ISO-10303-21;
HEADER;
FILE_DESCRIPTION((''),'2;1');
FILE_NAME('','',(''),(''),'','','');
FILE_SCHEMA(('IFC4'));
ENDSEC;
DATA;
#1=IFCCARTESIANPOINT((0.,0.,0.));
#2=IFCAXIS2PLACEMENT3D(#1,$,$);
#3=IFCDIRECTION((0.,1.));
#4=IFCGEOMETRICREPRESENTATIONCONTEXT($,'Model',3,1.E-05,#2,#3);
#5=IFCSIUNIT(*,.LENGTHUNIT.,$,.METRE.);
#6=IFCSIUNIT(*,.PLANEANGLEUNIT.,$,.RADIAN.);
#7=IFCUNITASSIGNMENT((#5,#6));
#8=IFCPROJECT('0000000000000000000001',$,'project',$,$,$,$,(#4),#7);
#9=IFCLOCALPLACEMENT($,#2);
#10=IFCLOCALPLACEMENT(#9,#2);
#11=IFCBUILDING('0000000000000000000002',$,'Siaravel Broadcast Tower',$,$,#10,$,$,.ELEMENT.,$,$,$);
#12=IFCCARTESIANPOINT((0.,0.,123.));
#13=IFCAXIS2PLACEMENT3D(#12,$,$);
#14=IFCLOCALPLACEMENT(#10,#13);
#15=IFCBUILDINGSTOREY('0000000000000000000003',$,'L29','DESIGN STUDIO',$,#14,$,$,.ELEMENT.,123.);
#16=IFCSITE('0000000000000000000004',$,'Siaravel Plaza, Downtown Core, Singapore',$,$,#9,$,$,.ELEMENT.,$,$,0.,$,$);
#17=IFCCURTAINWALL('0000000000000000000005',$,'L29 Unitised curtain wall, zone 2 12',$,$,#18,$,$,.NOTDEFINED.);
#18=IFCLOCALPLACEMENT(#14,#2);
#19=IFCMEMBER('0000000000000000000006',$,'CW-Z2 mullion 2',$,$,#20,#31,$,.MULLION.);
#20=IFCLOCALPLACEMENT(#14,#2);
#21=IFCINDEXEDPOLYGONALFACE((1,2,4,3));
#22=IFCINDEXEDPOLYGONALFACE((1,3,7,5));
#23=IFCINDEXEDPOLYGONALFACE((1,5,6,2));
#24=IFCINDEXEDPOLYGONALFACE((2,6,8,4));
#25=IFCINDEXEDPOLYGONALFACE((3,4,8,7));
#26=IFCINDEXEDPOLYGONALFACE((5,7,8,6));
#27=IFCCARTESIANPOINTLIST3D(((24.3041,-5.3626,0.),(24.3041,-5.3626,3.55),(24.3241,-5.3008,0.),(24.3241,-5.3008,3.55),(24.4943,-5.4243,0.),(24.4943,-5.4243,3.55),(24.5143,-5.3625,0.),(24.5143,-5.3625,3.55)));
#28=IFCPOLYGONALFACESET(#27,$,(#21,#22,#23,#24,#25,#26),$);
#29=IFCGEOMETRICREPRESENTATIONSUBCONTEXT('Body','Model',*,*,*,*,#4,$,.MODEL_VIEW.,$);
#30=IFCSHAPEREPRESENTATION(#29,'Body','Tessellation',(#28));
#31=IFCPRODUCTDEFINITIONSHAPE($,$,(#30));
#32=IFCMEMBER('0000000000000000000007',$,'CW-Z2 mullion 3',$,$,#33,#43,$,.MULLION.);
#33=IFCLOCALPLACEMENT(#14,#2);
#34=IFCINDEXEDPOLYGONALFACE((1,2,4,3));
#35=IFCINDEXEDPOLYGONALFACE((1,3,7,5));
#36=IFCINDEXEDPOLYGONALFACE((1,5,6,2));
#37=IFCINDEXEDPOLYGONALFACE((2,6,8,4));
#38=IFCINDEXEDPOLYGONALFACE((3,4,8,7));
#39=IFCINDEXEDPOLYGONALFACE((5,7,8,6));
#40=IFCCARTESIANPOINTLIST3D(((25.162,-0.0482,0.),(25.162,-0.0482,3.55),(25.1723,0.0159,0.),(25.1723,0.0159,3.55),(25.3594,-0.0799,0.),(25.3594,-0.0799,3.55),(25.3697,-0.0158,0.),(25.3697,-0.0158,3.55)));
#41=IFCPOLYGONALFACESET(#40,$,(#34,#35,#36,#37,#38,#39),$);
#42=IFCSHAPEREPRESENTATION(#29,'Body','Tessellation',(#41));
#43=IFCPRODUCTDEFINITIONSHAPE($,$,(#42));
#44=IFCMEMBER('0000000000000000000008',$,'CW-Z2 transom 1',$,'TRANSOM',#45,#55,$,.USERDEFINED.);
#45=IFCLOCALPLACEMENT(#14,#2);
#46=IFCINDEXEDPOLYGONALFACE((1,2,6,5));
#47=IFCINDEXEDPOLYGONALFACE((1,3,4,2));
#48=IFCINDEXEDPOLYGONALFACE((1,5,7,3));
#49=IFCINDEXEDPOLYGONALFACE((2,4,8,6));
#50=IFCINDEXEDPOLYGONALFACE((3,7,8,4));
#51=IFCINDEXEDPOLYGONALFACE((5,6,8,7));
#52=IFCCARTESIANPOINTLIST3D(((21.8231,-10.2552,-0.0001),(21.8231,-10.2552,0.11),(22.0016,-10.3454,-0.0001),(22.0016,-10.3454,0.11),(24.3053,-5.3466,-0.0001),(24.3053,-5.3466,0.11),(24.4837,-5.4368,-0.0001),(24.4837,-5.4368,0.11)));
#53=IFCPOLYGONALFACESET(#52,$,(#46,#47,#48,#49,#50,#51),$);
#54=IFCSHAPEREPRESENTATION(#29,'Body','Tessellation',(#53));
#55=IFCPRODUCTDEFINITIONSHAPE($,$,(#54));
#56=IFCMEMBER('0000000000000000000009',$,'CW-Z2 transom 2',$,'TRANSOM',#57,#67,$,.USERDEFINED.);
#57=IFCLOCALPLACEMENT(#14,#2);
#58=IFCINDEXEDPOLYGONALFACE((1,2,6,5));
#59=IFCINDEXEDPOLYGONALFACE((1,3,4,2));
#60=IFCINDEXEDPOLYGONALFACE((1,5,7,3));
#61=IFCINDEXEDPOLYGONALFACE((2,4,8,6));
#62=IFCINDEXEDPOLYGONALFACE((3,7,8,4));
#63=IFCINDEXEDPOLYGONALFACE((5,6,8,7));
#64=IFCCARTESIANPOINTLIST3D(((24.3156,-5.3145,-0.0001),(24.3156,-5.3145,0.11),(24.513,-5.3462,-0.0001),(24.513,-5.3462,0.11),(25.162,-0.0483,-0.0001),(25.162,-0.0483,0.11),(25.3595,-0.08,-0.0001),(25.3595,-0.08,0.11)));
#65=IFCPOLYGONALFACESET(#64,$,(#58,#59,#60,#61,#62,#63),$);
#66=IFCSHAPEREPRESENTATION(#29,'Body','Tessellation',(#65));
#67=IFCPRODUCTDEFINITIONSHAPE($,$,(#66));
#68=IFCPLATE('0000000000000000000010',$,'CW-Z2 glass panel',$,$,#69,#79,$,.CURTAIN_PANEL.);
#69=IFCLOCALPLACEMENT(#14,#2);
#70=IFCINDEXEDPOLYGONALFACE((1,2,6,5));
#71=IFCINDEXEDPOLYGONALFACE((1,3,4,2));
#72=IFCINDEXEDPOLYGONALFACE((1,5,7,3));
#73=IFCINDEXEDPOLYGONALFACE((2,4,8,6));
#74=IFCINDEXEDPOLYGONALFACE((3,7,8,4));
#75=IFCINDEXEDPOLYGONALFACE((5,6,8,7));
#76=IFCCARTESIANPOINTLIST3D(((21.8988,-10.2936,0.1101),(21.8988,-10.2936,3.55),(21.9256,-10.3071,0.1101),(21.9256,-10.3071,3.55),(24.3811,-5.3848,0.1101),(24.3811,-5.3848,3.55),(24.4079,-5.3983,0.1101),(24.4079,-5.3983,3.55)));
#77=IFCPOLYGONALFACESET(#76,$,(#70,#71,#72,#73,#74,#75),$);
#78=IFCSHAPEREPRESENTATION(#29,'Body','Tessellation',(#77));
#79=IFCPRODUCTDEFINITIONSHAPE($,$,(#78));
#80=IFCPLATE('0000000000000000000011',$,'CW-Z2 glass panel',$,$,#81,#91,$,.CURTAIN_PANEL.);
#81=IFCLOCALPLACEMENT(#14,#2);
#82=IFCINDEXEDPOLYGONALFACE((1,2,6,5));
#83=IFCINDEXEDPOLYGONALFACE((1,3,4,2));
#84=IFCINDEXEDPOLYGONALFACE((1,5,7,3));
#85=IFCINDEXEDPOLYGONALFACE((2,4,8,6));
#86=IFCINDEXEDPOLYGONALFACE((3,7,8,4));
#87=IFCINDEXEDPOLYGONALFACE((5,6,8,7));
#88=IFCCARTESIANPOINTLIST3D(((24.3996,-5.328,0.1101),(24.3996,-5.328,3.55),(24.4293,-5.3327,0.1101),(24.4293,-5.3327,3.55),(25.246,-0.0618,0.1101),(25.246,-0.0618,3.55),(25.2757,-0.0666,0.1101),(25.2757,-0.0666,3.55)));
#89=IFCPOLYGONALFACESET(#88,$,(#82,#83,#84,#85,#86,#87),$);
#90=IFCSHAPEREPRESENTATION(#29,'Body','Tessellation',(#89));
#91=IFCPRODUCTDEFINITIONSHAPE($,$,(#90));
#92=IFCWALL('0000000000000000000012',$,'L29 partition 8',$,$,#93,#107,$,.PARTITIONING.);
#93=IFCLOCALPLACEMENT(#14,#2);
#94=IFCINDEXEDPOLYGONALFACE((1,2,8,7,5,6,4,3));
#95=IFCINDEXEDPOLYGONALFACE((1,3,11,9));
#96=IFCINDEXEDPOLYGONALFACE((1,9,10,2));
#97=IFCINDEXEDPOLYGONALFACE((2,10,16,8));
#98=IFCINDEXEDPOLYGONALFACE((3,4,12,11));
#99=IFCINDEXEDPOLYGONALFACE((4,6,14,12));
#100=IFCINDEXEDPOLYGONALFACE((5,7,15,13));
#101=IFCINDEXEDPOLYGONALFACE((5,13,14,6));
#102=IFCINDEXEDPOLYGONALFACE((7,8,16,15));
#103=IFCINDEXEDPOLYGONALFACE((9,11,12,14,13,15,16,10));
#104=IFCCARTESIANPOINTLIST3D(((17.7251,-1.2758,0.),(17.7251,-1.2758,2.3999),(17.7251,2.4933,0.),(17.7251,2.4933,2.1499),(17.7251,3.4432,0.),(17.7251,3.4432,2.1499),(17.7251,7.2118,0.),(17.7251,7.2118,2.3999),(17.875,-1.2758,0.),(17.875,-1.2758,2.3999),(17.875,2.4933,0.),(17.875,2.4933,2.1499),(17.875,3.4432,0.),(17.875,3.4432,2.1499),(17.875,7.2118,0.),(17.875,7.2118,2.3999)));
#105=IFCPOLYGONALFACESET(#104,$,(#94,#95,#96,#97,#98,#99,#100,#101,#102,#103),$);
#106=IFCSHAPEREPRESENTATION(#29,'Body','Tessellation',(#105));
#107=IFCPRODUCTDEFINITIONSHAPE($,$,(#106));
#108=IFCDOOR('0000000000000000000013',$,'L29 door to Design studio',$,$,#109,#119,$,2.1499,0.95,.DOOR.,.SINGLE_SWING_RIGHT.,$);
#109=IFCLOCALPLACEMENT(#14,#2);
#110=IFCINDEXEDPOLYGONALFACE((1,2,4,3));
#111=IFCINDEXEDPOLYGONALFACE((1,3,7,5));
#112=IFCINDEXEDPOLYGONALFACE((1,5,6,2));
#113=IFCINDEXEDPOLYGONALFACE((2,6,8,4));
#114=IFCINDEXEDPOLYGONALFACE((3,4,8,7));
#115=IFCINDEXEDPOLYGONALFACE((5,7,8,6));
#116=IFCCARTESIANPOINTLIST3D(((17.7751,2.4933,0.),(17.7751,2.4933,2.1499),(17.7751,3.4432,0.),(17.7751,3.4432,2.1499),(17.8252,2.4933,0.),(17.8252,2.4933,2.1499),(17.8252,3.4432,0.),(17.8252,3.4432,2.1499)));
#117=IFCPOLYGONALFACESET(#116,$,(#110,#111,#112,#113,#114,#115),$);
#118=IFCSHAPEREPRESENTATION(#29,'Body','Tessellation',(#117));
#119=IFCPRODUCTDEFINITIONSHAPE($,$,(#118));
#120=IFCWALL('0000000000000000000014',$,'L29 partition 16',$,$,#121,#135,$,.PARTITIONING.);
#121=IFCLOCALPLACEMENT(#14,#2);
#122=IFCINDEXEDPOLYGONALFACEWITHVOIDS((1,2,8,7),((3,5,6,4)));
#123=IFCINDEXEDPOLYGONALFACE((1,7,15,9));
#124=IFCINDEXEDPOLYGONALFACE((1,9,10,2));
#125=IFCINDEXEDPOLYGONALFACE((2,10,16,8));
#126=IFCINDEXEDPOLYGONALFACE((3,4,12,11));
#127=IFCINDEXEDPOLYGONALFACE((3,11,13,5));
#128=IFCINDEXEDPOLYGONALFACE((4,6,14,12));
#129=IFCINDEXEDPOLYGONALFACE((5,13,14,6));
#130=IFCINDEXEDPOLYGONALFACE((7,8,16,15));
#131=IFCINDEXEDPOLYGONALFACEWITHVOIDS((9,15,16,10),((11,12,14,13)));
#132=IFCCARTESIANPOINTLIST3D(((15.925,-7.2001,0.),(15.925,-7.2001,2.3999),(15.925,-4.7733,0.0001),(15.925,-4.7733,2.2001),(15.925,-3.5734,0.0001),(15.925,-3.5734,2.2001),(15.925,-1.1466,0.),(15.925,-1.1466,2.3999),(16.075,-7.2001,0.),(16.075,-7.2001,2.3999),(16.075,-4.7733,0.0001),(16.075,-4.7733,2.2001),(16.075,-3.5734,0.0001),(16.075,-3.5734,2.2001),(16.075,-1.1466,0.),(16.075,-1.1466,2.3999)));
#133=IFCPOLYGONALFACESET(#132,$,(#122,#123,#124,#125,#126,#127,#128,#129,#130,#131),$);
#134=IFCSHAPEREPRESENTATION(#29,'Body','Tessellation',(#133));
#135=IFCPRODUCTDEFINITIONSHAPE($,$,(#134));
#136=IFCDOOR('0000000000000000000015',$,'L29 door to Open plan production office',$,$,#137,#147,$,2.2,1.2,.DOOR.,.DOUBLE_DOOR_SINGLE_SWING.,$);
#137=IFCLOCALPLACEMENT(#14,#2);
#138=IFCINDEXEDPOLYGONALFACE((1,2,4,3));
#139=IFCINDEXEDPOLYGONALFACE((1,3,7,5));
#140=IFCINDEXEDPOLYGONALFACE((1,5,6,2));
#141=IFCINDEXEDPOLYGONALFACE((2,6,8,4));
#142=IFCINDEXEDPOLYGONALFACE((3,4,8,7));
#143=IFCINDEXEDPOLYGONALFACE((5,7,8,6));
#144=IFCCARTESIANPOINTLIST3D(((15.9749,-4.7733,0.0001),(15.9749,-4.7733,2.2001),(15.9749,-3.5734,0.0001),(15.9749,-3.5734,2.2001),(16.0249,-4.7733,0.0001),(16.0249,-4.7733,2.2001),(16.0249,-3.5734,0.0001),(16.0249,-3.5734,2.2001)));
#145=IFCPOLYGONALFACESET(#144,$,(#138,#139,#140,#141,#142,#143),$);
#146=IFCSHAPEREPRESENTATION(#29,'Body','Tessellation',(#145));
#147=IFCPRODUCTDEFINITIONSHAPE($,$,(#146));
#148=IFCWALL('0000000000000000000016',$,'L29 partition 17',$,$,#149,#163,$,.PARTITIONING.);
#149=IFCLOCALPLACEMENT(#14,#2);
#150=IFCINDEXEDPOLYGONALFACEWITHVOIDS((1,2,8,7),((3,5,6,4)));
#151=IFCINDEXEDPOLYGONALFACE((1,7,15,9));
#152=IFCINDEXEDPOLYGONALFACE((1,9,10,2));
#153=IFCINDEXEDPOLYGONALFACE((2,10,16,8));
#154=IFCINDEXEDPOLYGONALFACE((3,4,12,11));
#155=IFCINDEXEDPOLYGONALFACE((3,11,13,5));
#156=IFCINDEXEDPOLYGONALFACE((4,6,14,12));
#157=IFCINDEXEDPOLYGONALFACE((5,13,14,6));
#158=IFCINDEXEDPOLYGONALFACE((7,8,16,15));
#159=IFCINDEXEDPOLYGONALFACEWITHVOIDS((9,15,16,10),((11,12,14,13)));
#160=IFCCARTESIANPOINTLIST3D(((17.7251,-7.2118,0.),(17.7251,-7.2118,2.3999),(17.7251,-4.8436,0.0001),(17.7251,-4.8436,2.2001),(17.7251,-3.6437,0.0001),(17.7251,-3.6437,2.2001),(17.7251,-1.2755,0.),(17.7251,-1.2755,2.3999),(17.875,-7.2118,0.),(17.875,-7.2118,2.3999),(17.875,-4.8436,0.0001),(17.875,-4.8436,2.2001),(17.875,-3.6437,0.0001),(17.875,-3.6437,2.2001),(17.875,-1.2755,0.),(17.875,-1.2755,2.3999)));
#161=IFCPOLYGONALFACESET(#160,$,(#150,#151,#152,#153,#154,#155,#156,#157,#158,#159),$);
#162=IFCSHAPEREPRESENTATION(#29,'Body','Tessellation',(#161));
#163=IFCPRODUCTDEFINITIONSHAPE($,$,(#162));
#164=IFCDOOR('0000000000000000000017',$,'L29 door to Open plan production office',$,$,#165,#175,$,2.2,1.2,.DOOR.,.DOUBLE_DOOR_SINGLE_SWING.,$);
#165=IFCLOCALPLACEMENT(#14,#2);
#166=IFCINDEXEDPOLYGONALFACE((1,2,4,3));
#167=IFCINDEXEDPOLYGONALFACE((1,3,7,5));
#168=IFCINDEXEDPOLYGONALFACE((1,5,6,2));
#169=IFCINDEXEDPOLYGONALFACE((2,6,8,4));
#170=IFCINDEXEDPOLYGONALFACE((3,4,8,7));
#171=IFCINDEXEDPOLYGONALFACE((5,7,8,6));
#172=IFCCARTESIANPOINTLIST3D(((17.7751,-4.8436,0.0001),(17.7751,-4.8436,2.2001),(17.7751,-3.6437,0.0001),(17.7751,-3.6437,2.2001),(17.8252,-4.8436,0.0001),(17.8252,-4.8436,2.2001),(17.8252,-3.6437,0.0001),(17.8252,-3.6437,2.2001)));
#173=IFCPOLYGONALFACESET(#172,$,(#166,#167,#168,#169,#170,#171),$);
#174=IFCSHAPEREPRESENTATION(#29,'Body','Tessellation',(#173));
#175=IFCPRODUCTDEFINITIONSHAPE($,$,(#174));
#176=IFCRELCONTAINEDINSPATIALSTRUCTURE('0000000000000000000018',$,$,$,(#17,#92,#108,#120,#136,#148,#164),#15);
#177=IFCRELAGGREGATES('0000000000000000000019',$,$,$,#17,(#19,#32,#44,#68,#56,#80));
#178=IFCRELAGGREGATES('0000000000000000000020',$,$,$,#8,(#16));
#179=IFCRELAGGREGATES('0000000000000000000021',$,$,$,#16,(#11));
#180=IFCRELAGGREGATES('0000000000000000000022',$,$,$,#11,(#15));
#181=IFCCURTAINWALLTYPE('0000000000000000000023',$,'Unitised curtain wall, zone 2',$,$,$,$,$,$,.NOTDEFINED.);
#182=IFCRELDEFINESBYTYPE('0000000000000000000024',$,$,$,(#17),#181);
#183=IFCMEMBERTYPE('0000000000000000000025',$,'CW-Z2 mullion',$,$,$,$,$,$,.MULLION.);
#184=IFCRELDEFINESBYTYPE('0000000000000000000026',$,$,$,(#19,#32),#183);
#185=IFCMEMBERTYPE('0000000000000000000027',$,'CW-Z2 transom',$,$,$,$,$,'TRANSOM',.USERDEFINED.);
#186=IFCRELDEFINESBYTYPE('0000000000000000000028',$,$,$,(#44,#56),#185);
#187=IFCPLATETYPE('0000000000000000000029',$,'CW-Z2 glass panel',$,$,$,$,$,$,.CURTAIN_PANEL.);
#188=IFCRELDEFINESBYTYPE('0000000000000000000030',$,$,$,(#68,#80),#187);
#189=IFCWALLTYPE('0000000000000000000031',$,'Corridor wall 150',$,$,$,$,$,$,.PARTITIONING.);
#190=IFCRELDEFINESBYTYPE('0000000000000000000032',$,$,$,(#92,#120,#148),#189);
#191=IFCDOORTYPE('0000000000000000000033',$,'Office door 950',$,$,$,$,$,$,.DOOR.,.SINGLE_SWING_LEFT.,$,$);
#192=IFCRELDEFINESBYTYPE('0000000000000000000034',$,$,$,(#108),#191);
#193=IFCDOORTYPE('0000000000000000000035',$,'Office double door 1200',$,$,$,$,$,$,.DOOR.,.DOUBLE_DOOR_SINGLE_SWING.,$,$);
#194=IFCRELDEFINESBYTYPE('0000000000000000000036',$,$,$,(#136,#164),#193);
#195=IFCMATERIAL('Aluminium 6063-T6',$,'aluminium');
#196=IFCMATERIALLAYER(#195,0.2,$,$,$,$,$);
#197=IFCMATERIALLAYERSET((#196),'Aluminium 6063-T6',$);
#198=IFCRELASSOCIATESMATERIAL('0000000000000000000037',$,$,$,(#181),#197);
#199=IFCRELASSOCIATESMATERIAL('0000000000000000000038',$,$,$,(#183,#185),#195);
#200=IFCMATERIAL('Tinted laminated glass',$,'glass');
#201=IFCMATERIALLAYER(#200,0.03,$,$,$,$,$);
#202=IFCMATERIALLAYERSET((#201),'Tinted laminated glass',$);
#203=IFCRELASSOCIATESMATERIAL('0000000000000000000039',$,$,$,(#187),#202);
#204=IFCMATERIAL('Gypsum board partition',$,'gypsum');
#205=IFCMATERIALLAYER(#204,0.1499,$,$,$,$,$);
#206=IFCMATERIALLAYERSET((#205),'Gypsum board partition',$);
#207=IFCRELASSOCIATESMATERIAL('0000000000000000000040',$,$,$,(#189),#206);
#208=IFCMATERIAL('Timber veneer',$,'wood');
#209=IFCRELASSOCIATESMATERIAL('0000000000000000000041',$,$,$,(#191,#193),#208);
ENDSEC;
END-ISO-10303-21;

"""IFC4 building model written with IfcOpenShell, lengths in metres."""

from ifc_helpers import new_model, si_unit, direction, frame, frame_2d, origin, origin_2d, place, context, subcontext, project, spatial, rectangle, extrude, material, layer, layer_set, material_profile, profile_set, type_object, element, fill, aggregate, save


model = new_model("IFC4")

# Units and contexts
model_context = context("Model", 3, precision=1e-05, world=origin(), true_north=direction((0.0, 1.0)))
body_context = subcontext(model_context, "Body", "Model", "MODEL_VIEW")
ifc_project = project(units=[si_unit("LENGTHUNIT", "METRE"), si_unit("PLANEANGLEUNIT", "RADIAN")], contexts=[model_context])

# Site, building, storey
site_placement = place(None, origin())
site = spatial("IfcSite", under=ifc_project, at=site_placement, Name="Siaravel Plaza, Downtown Core, Singapore", CompositionType="ELEMENT", RefElevation=0.0)
building_placement = place(site_placement, origin())
building = spatial("IfcBuilding", under=site, at=building_placement, Name="Siaravel Broadcast Tower", CompositionType="ELEMENT")
storey_placement = place(building_placement, frame((0.0, 0.0, 123.0)))
storey = spatial("IfcBuildingStorey", under=building, at=storey_placement, Name="L29", Description="DESIGN STUDIO", CompositionType="ELEMENT", Elevation=123.0)

# Curtain wall, members, plates
ifc_material_1 = material(Name="Aluminium 6063-T6", Category="aluminium")
ifc_layer_1 = layer(ifc_material_1, 0.2)
ifc_layer_set_1 = layer_set([ifc_layer_1], Name="Aluminium 6063-T6")
curtain_wall_type = type_object("IfcCurtainWallType", Name="Unitised curtain wall, zone 2", PredefinedType="NOTDEFINED", material=ifc_layer_set_1)
curtain_wall_placement = place(storey_placement, origin())
curtain_wall = element("IfcCurtainWall", 1, at=curtain_wall_placement, inside=storey, type_object=curtain_wall_type, Name="L29 Unitised curtain wall, zone 2 12", PredefinedType="NOTDEFINED")
ifc_material_profile_1 = material_profile(ifc_material_1, rectangle(XDim=0.2, YDim=0.0649, at=origin_2d()))
ifc_profile_set_1 = profile_set([ifc_material_profile_1], Name="Aluminium 6063-T6")
member_type_1 = type_object("IfcMemberType", Name="CW-Z2 mullion", PredefinedType="MULLION", material=ifc_profile_set_1)
member_1_placement = place(storey_placement, frame((24.4092, -5.3625, 0.0), z_axis=(0.0, 0.0, 1.0), x_axis=(-0.951177, 0.308645, 0.0)))
member_1 = element("IfcMember", 2, at=member_1_placement, type_object=member_type_1, Name="CW-Z2 mullion 2", PredefinedType="MULLION", context=body_context, shape_type="SweptSolid", body=[
    extrude(rectangle(XDim=0.2, YDim=0.0649, at=origin_2d()), origin(), (0.0, 0.0, 1.0), 3.55),
])
member_2_placement = place(storey_placement, frame((25.2659, -0.032, 0.0), z_axis=(0.0, 0.0, 1.0), x_axis=(-0.987329, 0.158686, 0.0)))
member_2 = element("IfcMember", 3, at=member_2_placement, type_object=member_type_1, Name="CW-Z2 mullion 3", PredefinedType="MULLION", context=body_context, shape_type="SweptSolid", body=[
    extrude(rectangle(XDim=0.2, YDim=0.0649, at=origin_2d()), origin(), (0.0, 0.0, 1.0), 3.55),
])
ifc_material_profile_2 = material_profile(ifc_material_1, rectangle(XDim=0.2, YDim=0.1101, at=origin_2d()))
ifc_profile_set_2 = profile_set([ifc_material_profile_2], Name="Aluminium 6063-T6")
member_type_2 = type_object("IfcMemberType", Name="CW-Z2 transom", ElementType="TRANSOM", PredefinedType="USERDEFINED", material=ifc_profile_set_2)
member_3_placement = place(storey_placement, frame((21.9124, -10.3003, 0.0549), z_axis=(0.451257, 0.892394, 0.0), x_axis=(-0.892394, 0.451257, 0.0)))
member_3 = element("IfcMember", 4, at=member_3_placement, type_object=member_type_2, Name="CW-Z2 transom 1", ObjectType="TRANSOM", PredefinedType="USERDEFINED", context=body_context, shape_type="SweptSolid", body=[
    extrude(rectangle(XDim=0.2, YDim=0.1101, at=origin_2d()), origin(), (0.0, 0.0, 1.0), 5.5005),
])
member_4_placement = place(storey_placement, frame((24.4143, -5.3303, 0.0549), z_axis=(0.158696, 0.987328, 0.0), x_axis=(-0.987328, 0.158696, 0.0)))
member_4 = element("IfcMember", 5, at=member_4_placement, type_object=member_type_2, Name="CW-Z2 transom 2", ObjectType="TRANSOM", PredefinedType="USERDEFINED", context=body_context, shape_type="SweptSolid", body=[
    extrude(rectangle(XDim=0.2, YDim=0.1101, at=origin_2d()), origin(), (0.0, 0.0, 1.0), 5.3337),
])
ifc_material_2 = material(Name="Tinted laminated glass", Category="glass")
ifc_layer_2 = layer(ifc_material_2, 0.03)
ifc_layer_set_2 = layer_set([ifc_layer_2], Name="Tinted laminated glass")
plate_type = type_object("IfcPlateType", Name="CW-Z2 glass panel", PredefinedType="CURTAIN_PANEL", material=ifc_layer_set_2)
plate_1_placement = place(storey_placement, frame((23.1533, -7.8459, 0.1101), z_axis=(0.0, 0.0, 1.0), x_axis=(0.451261, 0.892392, 0.0)))
plate_1 = element("IfcPlate", 6, at=plate_1_placement, type_object=plate_type, Name="CW-Z2 glass panel", PredefinedType="CURTAIN_PANEL", context=body_context, shape_type="SweptSolid", body=[
    extrude(rectangle(XDim=5.5007, YDim=0.03, at=origin_2d()), origin(), (0.0, 0.0, 1.0), 3.4399),
])
plate_2_placement = place(storey_placement, frame((24.8376, -2.6973, 0.1101), z_axis=(0.0, 0.0, 1.0), x_axis=(0.158686, 0.987329, 0.0)))
plate_2 = element("IfcPlate", 7, at=plate_2_placement, type_object=plate_type, Name="CW-Z2 glass panel", PredefinedType="CURTAIN_PANEL", context=body_context, shape_type="SweptSolid", body=[
    extrude(rectangle(XDim=5.3337, YDim=0.03, at=origin_2d()), origin(), (0.0, 0.0, 1.0), 3.4399),
])
aggregate(curtain_wall, [member_1, member_2, member_3, plate_1, member_4, plate_2])

# Walls, openings, doors
ifc_material_3 = material(Name="Gypsum board partition", Category="gypsum")
ifc_layer_3 = layer(ifc_material_3, 0.1499)
ifc_layer_set_3 = layer_set([ifc_layer_3], Name="Gypsum board partition")
wall_type_1 = type_object("IfcWallType", Name="Corridor wall 150", PredefinedType="PARTITIONING", material=ifc_layer_set_3)
wall_1_placement = place(storey_placement, frame((17.8, -1.2756, 0.0), z_axis=(0.0, 0.0, 1.0), x_axis=(0.0, 1.0, 0.0)))
wall_1 = element("IfcWall", 8, at=wall_1_placement, inside=storey, type_object=wall_type_1, Name="L29 partition 8", PredefinedType="PARTITIONING", context=body_context, shape_type="SweptSolid", body=[
    extrude(rectangle(XDim=8.4875, YDim=0.1499, at=frame_2d((4.2437, 0.0))), origin(), (0.0, 0.0, 1.0), 2.3999),
])
opening_1_placement = place(wall_1_placement, frame((3.7688, 0.0, 0.0)))
opening_1 = element("IfcOpeningElement", 9, at=opening_1_placement, cuts=wall_1, PredefinedType="OPENING", context=body_context, shape_type="SweptSolid", body=[
    extrude(rectangle(XDim=0.95, YDim=2.1499, at=frame_2d((0.4751, 1.075))), frame((0.0, 0.085, 0.0), z_axis=(0.0, -1.0, 0.0), x_axis=(1.0, 0.0, 0.0)), (0.0, 0.0, 1.0), 0.1699),
])
ifc_material_4 = material(Name="Timber veneer", Category="wood")
door_type_1 = type_object("IfcDoorType", Name="Office door 950", OperationType="SINGLE_SWING_LEFT", PredefinedType="DOOR", material=ifc_material_4)
door_1_placement = place(opening_1_placement, origin())
door_1 = element("IfcDoor", 10, at=door_1_placement, inside=storey, type_object=door_type_1, Name="L29 door to Design studio", OperationType="SINGLE_SWING_RIGHT", OverallHeight=2.1499, OverallWidth=0.95, PredefinedType="DOOR", context=body_context, shape_type="SweptSolid", body=[
    extrude(rectangle(XDim=0.95, YDim=2.1499, at=frame_2d((0.4751, 1.075))), frame((0.0, 0.0249, 0.0), z_axis=(0.0, -1.0, 0.0), x_axis=(1.0, 0.0, 0.0)), (0.0, 0.0, 1.0), 0.05),
])
fill(opening_1, door_1)
wall_2_placement = place(storey_placement, frame((16.0, -1.1465, 0.0), z_axis=(0.0, 0.0, 1.0), x_axis=(0.0, -1.0, 0.0)))
wall_2 = element("IfcWall", 11, at=wall_2_placement, inside=storey, type_object=wall_type_1, Name="L29 partition 16", PredefinedType="PARTITIONING", context=body_context, shape_type="SweptSolid", body=[
    extrude(rectangle(XDim=6.0535, YDim=0.1499, at=frame_2d((3.0269, 0.0))), origin(), (0.0, 0.0, 1.0), 2.3999),
])
opening_2_placement = place(wall_2_placement, frame((2.4268, 0.0, 0.0)))
opening_2 = element("IfcOpeningElement", 12, at=opening_2_placement, cuts=wall_2, PredefinedType="OPENING", context=body_context, shape_type="SweptSolid", body=[
    extrude(rectangle(XDim=1.2, YDim=2.2, at=frame_2d((0.6001, 1.1001))), frame((0.0, 0.085, 0.0), z_axis=(0.0, -1.0, 0.0), x_axis=(1.0, 0.0, 0.0)), (0.0, 0.0, 1.0), 0.1699),
])
door_type_2 = type_object("IfcDoorType", Name="Office double door 1200", OperationType="DOUBLE_DOOR_SINGLE_SWING", PredefinedType="DOOR", material=ifc_material_4)
door_2_placement = place(opening_2_placement, origin())
door_2 = element("IfcDoor", 13, at=door_2_placement, inside=storey, type_object=door_type_2, Name="L29 door to Open plan production office", OperationType="DOUBLE_DOOR_SINGLE_SWING", OverallHeight=2.2, OverallWidth=1.2, PredefinedType="DOOR", context=body_context, shape_type="SweptSolid", body=[
    extrude(rectangle(XDim=1.2, YDim=2.2, at=frame_2d((0.6001, 1.1001))), frame((0.0, 0.0249, 0.0), z_axis=(0.0, -1.0, 0.0), x_axis=(1.0, 0.0, 0.0)), (0.0, 0.0, 1.0), 0.05),
])
fill(opening_2, door_2)
wall_3_placement = place(storey_placement, frame((17.8, -7.2119, 0.0), z_axis=(0.0, 0.0, 1.0), x_axis=(0.0, 1.0, 0.0)))
wall_3 = element("IfcWall", 14, at=wall_3_placement, inside=storey, type_object=wall_type_1, Name="L29 partition 17", PredefinedType="PARTITIONING", context=body_context, shape_type="SweptSolid", body=[
    extrude(rectangle(XDim=5.9363, YDim=0.1499, at=frame_2d((2.9683, 0.0))), origin(), (0.0, 0.0, 1.0), 2.3999),
])
opening_3_placement = place(wall_3_placement, frame((2.3682, 0.0, 0.0)))
opening_3 = element("IfcOpeningElement", 15, at=opening_3_placement, cuts=wall_3, PredefinedType="OPENING", context=body_context, shape_type="SweptSolid", body=[
    extrude(rectangle(XDim=1.2, YDim=2.2, at=frame_2d((0.6001, 1.1001))), frame((0.0, 0.085, 0.0), z_axis=(0.0, -1.0, 0.0), x_axis=(1.0, 0.0, 0.0)), (0.0, 0.0, 1.0), 0.1699),
])
door_3_placement = place(opening_3_placement, origin())
door_3 = element("IfcDoor", 16, at=door_3_placement, inside=storey, type_object=door_type_2, Name="L29 door to Open plan production office", OperationType="DOUBLE_DOOR_SINGLE_SWING", OverallHeight=2.2, OverallWidth=1.2, PredefinedType="DOOR", context=body_context, shape_type="SweptSolid", body=[
    extrude(rectangle(XDim=1.2, YDim=2.2, at=frame_2d((0.6001, 1.1001))), frame((0.0, 0.0249, 0.0), z_axis=(0.0, -1.0, 0.0), x_axis=(1.0, 0.0, 0.0)), (0.0, 0.0, 1.0), 0.05),
])
fill(opening_3, door_3)

save(model, "model.ifc")
